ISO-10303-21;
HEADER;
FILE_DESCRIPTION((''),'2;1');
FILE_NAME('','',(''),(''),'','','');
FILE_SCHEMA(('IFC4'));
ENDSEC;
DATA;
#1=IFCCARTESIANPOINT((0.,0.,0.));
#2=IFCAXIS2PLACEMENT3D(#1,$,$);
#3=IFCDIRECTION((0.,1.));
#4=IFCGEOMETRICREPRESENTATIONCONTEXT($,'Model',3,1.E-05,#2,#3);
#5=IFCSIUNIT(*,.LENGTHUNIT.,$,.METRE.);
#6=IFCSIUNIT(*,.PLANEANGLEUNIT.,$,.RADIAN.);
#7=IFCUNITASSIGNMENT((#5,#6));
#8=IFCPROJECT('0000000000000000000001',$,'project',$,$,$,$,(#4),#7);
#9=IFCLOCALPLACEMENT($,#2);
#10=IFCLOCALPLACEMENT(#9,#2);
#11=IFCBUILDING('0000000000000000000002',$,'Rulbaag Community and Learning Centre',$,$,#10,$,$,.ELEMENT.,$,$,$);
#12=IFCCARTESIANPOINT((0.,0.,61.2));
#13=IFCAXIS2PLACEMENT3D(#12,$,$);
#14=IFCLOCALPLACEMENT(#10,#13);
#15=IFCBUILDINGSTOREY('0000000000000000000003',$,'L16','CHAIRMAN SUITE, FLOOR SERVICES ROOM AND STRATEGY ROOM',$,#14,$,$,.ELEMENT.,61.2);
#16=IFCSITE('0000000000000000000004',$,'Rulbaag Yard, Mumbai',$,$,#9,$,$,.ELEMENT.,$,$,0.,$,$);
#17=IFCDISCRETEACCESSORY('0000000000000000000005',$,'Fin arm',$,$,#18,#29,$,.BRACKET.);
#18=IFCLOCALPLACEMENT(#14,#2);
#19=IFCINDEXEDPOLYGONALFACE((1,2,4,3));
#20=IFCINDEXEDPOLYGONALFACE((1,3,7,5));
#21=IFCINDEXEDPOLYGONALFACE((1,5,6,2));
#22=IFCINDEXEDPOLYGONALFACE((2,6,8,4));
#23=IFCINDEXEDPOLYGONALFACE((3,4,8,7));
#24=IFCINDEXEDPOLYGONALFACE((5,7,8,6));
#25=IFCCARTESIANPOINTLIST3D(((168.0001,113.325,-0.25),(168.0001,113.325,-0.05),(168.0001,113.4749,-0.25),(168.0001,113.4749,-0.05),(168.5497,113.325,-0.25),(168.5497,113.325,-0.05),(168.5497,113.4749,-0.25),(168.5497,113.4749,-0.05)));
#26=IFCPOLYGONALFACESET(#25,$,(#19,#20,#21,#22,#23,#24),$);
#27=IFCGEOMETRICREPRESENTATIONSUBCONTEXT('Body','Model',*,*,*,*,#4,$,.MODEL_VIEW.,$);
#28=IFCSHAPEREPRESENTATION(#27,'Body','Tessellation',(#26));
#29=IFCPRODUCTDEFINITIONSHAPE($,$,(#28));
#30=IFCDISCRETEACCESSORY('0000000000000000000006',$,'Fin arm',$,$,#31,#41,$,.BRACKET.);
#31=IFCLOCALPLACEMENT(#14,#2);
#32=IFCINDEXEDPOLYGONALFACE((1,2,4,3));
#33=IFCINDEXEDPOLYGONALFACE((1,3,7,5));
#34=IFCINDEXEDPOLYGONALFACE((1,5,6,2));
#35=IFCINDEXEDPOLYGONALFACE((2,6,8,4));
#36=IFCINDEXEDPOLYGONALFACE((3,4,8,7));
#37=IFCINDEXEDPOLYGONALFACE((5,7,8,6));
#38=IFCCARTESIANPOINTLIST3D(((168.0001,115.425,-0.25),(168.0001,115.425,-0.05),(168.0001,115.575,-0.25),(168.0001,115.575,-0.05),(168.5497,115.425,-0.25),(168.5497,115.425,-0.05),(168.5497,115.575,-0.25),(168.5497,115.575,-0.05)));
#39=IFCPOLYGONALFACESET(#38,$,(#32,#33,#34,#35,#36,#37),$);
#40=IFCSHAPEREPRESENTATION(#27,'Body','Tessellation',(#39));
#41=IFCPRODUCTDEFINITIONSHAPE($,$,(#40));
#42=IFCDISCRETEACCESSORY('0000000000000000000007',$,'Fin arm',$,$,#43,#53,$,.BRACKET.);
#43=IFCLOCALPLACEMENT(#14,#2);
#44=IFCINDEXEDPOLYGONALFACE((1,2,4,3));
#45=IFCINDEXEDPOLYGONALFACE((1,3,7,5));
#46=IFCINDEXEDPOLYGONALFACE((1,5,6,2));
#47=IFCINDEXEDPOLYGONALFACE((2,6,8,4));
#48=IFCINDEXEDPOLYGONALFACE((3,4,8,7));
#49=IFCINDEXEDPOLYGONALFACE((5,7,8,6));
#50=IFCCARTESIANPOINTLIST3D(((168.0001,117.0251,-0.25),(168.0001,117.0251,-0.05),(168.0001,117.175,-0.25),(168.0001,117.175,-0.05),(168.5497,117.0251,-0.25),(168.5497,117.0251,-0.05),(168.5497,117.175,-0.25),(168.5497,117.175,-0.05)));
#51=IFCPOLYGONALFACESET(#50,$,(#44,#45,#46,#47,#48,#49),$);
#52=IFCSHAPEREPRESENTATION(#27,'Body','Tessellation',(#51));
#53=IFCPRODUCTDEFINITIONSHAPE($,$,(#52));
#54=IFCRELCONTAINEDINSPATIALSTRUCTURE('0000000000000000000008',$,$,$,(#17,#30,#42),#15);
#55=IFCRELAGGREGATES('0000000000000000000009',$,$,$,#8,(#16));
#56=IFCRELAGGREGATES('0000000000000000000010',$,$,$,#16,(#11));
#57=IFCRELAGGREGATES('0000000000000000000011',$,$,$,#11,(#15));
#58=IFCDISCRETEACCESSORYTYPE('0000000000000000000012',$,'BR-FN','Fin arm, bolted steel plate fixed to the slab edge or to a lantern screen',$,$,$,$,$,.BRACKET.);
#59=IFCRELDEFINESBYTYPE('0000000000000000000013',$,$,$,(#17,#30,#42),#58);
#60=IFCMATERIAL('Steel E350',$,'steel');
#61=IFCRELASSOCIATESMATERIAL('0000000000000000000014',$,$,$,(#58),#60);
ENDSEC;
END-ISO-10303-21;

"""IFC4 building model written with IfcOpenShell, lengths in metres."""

from ifc_helpers import new_model, si_unit, direction, frame, origin, origin_2d, place, context, subcontext, project, spatial, rectangle, extrude, material, type_object, element, save


model = new_model("IFC4")

# Units and contexts
model_context = context("Model", 3, precision=1e-05, world=origin(), true_north=direction((0.0, 1.0)))
body_context = subcontext(model_context, "Body", "Model", "MODEL_VIEW")
ifc_project = project(units=[si_unit("LENGTHUNIT", "METRE"), si_unit("PLANEANGLEUNIT", "RADIAN")], contexts=[model_context])

# Site, building, storey
site_placement = place(None, origin())
site = spatial("IfcSite", under=ifc_project, at=site_placement, Name="Rulbaag Yard, Mumbai", CompositionType="ELEMENT", RefElevation=0.0)
building_placement = place(site_placement, origin())
building = spatial("IfcBuilding", under=site, at=building_placement, Name="Rulbaag Community and Learning Centre", CompositionType="ELEMENT")
storey_placement = place(building_placement, frame((0.0, 0.0, 61.2)))
storey = spatial("IfcBuildingStorey", under=building, at=storey_placement, Name="L16", Description="CHAIRMAN SUITE, FLOOR SERVICES ROOM AND STRATEGY ROOM", CompositionType="ELEMENT", Elevation=61.2)

# Discrete accessories
ifc_material_1 = material(Name="Steel E350", Category="steel")
discrete_accessory_type_1 = type_object("IfcDiscreteAccessoryType", Name="BR-FN", Description="Fin arm, bolted steel plate fixed to the slab edge or to a lantern screen", PredefinedType="BRACKET", material=ifc_material_1)
for number, where, z_axis, x_axis, name in (
    (1, (168.2749, 113.3999, -0.25), (0.0, 0.0, 1.0), (1.0, 0.0, 0.0), "Fin arm"),
    (2, (168.2749, 115.5, -0.25), (0.0, 0.0, 1.0), (1.0, 0.0, 0.0), "Fin arm"),
    (3, (168.2749, 117.1001, -0.25), (0.0, 0.0, 1.0), (1.0, 0.0, 0.0), "Fin arm"),
):
    element("IfcDiscreteAccessory", number, at=place(storey_placement, frame(where, z_axis=z_axis, x_axis=x_axis)), inside=storey, type_object=discrete_accessory_type_1, Name=name, PredefinedType="BRACKET", context=body_context, shape_type="SweptSolid", body=[
        extrude(rectangle(XDim=0.5496, YDim=0.1499, at=origin_2d()), origin(), (0.0, 0.0, 1.0), 0.2),
    ])

save(model, "model.ifc")
